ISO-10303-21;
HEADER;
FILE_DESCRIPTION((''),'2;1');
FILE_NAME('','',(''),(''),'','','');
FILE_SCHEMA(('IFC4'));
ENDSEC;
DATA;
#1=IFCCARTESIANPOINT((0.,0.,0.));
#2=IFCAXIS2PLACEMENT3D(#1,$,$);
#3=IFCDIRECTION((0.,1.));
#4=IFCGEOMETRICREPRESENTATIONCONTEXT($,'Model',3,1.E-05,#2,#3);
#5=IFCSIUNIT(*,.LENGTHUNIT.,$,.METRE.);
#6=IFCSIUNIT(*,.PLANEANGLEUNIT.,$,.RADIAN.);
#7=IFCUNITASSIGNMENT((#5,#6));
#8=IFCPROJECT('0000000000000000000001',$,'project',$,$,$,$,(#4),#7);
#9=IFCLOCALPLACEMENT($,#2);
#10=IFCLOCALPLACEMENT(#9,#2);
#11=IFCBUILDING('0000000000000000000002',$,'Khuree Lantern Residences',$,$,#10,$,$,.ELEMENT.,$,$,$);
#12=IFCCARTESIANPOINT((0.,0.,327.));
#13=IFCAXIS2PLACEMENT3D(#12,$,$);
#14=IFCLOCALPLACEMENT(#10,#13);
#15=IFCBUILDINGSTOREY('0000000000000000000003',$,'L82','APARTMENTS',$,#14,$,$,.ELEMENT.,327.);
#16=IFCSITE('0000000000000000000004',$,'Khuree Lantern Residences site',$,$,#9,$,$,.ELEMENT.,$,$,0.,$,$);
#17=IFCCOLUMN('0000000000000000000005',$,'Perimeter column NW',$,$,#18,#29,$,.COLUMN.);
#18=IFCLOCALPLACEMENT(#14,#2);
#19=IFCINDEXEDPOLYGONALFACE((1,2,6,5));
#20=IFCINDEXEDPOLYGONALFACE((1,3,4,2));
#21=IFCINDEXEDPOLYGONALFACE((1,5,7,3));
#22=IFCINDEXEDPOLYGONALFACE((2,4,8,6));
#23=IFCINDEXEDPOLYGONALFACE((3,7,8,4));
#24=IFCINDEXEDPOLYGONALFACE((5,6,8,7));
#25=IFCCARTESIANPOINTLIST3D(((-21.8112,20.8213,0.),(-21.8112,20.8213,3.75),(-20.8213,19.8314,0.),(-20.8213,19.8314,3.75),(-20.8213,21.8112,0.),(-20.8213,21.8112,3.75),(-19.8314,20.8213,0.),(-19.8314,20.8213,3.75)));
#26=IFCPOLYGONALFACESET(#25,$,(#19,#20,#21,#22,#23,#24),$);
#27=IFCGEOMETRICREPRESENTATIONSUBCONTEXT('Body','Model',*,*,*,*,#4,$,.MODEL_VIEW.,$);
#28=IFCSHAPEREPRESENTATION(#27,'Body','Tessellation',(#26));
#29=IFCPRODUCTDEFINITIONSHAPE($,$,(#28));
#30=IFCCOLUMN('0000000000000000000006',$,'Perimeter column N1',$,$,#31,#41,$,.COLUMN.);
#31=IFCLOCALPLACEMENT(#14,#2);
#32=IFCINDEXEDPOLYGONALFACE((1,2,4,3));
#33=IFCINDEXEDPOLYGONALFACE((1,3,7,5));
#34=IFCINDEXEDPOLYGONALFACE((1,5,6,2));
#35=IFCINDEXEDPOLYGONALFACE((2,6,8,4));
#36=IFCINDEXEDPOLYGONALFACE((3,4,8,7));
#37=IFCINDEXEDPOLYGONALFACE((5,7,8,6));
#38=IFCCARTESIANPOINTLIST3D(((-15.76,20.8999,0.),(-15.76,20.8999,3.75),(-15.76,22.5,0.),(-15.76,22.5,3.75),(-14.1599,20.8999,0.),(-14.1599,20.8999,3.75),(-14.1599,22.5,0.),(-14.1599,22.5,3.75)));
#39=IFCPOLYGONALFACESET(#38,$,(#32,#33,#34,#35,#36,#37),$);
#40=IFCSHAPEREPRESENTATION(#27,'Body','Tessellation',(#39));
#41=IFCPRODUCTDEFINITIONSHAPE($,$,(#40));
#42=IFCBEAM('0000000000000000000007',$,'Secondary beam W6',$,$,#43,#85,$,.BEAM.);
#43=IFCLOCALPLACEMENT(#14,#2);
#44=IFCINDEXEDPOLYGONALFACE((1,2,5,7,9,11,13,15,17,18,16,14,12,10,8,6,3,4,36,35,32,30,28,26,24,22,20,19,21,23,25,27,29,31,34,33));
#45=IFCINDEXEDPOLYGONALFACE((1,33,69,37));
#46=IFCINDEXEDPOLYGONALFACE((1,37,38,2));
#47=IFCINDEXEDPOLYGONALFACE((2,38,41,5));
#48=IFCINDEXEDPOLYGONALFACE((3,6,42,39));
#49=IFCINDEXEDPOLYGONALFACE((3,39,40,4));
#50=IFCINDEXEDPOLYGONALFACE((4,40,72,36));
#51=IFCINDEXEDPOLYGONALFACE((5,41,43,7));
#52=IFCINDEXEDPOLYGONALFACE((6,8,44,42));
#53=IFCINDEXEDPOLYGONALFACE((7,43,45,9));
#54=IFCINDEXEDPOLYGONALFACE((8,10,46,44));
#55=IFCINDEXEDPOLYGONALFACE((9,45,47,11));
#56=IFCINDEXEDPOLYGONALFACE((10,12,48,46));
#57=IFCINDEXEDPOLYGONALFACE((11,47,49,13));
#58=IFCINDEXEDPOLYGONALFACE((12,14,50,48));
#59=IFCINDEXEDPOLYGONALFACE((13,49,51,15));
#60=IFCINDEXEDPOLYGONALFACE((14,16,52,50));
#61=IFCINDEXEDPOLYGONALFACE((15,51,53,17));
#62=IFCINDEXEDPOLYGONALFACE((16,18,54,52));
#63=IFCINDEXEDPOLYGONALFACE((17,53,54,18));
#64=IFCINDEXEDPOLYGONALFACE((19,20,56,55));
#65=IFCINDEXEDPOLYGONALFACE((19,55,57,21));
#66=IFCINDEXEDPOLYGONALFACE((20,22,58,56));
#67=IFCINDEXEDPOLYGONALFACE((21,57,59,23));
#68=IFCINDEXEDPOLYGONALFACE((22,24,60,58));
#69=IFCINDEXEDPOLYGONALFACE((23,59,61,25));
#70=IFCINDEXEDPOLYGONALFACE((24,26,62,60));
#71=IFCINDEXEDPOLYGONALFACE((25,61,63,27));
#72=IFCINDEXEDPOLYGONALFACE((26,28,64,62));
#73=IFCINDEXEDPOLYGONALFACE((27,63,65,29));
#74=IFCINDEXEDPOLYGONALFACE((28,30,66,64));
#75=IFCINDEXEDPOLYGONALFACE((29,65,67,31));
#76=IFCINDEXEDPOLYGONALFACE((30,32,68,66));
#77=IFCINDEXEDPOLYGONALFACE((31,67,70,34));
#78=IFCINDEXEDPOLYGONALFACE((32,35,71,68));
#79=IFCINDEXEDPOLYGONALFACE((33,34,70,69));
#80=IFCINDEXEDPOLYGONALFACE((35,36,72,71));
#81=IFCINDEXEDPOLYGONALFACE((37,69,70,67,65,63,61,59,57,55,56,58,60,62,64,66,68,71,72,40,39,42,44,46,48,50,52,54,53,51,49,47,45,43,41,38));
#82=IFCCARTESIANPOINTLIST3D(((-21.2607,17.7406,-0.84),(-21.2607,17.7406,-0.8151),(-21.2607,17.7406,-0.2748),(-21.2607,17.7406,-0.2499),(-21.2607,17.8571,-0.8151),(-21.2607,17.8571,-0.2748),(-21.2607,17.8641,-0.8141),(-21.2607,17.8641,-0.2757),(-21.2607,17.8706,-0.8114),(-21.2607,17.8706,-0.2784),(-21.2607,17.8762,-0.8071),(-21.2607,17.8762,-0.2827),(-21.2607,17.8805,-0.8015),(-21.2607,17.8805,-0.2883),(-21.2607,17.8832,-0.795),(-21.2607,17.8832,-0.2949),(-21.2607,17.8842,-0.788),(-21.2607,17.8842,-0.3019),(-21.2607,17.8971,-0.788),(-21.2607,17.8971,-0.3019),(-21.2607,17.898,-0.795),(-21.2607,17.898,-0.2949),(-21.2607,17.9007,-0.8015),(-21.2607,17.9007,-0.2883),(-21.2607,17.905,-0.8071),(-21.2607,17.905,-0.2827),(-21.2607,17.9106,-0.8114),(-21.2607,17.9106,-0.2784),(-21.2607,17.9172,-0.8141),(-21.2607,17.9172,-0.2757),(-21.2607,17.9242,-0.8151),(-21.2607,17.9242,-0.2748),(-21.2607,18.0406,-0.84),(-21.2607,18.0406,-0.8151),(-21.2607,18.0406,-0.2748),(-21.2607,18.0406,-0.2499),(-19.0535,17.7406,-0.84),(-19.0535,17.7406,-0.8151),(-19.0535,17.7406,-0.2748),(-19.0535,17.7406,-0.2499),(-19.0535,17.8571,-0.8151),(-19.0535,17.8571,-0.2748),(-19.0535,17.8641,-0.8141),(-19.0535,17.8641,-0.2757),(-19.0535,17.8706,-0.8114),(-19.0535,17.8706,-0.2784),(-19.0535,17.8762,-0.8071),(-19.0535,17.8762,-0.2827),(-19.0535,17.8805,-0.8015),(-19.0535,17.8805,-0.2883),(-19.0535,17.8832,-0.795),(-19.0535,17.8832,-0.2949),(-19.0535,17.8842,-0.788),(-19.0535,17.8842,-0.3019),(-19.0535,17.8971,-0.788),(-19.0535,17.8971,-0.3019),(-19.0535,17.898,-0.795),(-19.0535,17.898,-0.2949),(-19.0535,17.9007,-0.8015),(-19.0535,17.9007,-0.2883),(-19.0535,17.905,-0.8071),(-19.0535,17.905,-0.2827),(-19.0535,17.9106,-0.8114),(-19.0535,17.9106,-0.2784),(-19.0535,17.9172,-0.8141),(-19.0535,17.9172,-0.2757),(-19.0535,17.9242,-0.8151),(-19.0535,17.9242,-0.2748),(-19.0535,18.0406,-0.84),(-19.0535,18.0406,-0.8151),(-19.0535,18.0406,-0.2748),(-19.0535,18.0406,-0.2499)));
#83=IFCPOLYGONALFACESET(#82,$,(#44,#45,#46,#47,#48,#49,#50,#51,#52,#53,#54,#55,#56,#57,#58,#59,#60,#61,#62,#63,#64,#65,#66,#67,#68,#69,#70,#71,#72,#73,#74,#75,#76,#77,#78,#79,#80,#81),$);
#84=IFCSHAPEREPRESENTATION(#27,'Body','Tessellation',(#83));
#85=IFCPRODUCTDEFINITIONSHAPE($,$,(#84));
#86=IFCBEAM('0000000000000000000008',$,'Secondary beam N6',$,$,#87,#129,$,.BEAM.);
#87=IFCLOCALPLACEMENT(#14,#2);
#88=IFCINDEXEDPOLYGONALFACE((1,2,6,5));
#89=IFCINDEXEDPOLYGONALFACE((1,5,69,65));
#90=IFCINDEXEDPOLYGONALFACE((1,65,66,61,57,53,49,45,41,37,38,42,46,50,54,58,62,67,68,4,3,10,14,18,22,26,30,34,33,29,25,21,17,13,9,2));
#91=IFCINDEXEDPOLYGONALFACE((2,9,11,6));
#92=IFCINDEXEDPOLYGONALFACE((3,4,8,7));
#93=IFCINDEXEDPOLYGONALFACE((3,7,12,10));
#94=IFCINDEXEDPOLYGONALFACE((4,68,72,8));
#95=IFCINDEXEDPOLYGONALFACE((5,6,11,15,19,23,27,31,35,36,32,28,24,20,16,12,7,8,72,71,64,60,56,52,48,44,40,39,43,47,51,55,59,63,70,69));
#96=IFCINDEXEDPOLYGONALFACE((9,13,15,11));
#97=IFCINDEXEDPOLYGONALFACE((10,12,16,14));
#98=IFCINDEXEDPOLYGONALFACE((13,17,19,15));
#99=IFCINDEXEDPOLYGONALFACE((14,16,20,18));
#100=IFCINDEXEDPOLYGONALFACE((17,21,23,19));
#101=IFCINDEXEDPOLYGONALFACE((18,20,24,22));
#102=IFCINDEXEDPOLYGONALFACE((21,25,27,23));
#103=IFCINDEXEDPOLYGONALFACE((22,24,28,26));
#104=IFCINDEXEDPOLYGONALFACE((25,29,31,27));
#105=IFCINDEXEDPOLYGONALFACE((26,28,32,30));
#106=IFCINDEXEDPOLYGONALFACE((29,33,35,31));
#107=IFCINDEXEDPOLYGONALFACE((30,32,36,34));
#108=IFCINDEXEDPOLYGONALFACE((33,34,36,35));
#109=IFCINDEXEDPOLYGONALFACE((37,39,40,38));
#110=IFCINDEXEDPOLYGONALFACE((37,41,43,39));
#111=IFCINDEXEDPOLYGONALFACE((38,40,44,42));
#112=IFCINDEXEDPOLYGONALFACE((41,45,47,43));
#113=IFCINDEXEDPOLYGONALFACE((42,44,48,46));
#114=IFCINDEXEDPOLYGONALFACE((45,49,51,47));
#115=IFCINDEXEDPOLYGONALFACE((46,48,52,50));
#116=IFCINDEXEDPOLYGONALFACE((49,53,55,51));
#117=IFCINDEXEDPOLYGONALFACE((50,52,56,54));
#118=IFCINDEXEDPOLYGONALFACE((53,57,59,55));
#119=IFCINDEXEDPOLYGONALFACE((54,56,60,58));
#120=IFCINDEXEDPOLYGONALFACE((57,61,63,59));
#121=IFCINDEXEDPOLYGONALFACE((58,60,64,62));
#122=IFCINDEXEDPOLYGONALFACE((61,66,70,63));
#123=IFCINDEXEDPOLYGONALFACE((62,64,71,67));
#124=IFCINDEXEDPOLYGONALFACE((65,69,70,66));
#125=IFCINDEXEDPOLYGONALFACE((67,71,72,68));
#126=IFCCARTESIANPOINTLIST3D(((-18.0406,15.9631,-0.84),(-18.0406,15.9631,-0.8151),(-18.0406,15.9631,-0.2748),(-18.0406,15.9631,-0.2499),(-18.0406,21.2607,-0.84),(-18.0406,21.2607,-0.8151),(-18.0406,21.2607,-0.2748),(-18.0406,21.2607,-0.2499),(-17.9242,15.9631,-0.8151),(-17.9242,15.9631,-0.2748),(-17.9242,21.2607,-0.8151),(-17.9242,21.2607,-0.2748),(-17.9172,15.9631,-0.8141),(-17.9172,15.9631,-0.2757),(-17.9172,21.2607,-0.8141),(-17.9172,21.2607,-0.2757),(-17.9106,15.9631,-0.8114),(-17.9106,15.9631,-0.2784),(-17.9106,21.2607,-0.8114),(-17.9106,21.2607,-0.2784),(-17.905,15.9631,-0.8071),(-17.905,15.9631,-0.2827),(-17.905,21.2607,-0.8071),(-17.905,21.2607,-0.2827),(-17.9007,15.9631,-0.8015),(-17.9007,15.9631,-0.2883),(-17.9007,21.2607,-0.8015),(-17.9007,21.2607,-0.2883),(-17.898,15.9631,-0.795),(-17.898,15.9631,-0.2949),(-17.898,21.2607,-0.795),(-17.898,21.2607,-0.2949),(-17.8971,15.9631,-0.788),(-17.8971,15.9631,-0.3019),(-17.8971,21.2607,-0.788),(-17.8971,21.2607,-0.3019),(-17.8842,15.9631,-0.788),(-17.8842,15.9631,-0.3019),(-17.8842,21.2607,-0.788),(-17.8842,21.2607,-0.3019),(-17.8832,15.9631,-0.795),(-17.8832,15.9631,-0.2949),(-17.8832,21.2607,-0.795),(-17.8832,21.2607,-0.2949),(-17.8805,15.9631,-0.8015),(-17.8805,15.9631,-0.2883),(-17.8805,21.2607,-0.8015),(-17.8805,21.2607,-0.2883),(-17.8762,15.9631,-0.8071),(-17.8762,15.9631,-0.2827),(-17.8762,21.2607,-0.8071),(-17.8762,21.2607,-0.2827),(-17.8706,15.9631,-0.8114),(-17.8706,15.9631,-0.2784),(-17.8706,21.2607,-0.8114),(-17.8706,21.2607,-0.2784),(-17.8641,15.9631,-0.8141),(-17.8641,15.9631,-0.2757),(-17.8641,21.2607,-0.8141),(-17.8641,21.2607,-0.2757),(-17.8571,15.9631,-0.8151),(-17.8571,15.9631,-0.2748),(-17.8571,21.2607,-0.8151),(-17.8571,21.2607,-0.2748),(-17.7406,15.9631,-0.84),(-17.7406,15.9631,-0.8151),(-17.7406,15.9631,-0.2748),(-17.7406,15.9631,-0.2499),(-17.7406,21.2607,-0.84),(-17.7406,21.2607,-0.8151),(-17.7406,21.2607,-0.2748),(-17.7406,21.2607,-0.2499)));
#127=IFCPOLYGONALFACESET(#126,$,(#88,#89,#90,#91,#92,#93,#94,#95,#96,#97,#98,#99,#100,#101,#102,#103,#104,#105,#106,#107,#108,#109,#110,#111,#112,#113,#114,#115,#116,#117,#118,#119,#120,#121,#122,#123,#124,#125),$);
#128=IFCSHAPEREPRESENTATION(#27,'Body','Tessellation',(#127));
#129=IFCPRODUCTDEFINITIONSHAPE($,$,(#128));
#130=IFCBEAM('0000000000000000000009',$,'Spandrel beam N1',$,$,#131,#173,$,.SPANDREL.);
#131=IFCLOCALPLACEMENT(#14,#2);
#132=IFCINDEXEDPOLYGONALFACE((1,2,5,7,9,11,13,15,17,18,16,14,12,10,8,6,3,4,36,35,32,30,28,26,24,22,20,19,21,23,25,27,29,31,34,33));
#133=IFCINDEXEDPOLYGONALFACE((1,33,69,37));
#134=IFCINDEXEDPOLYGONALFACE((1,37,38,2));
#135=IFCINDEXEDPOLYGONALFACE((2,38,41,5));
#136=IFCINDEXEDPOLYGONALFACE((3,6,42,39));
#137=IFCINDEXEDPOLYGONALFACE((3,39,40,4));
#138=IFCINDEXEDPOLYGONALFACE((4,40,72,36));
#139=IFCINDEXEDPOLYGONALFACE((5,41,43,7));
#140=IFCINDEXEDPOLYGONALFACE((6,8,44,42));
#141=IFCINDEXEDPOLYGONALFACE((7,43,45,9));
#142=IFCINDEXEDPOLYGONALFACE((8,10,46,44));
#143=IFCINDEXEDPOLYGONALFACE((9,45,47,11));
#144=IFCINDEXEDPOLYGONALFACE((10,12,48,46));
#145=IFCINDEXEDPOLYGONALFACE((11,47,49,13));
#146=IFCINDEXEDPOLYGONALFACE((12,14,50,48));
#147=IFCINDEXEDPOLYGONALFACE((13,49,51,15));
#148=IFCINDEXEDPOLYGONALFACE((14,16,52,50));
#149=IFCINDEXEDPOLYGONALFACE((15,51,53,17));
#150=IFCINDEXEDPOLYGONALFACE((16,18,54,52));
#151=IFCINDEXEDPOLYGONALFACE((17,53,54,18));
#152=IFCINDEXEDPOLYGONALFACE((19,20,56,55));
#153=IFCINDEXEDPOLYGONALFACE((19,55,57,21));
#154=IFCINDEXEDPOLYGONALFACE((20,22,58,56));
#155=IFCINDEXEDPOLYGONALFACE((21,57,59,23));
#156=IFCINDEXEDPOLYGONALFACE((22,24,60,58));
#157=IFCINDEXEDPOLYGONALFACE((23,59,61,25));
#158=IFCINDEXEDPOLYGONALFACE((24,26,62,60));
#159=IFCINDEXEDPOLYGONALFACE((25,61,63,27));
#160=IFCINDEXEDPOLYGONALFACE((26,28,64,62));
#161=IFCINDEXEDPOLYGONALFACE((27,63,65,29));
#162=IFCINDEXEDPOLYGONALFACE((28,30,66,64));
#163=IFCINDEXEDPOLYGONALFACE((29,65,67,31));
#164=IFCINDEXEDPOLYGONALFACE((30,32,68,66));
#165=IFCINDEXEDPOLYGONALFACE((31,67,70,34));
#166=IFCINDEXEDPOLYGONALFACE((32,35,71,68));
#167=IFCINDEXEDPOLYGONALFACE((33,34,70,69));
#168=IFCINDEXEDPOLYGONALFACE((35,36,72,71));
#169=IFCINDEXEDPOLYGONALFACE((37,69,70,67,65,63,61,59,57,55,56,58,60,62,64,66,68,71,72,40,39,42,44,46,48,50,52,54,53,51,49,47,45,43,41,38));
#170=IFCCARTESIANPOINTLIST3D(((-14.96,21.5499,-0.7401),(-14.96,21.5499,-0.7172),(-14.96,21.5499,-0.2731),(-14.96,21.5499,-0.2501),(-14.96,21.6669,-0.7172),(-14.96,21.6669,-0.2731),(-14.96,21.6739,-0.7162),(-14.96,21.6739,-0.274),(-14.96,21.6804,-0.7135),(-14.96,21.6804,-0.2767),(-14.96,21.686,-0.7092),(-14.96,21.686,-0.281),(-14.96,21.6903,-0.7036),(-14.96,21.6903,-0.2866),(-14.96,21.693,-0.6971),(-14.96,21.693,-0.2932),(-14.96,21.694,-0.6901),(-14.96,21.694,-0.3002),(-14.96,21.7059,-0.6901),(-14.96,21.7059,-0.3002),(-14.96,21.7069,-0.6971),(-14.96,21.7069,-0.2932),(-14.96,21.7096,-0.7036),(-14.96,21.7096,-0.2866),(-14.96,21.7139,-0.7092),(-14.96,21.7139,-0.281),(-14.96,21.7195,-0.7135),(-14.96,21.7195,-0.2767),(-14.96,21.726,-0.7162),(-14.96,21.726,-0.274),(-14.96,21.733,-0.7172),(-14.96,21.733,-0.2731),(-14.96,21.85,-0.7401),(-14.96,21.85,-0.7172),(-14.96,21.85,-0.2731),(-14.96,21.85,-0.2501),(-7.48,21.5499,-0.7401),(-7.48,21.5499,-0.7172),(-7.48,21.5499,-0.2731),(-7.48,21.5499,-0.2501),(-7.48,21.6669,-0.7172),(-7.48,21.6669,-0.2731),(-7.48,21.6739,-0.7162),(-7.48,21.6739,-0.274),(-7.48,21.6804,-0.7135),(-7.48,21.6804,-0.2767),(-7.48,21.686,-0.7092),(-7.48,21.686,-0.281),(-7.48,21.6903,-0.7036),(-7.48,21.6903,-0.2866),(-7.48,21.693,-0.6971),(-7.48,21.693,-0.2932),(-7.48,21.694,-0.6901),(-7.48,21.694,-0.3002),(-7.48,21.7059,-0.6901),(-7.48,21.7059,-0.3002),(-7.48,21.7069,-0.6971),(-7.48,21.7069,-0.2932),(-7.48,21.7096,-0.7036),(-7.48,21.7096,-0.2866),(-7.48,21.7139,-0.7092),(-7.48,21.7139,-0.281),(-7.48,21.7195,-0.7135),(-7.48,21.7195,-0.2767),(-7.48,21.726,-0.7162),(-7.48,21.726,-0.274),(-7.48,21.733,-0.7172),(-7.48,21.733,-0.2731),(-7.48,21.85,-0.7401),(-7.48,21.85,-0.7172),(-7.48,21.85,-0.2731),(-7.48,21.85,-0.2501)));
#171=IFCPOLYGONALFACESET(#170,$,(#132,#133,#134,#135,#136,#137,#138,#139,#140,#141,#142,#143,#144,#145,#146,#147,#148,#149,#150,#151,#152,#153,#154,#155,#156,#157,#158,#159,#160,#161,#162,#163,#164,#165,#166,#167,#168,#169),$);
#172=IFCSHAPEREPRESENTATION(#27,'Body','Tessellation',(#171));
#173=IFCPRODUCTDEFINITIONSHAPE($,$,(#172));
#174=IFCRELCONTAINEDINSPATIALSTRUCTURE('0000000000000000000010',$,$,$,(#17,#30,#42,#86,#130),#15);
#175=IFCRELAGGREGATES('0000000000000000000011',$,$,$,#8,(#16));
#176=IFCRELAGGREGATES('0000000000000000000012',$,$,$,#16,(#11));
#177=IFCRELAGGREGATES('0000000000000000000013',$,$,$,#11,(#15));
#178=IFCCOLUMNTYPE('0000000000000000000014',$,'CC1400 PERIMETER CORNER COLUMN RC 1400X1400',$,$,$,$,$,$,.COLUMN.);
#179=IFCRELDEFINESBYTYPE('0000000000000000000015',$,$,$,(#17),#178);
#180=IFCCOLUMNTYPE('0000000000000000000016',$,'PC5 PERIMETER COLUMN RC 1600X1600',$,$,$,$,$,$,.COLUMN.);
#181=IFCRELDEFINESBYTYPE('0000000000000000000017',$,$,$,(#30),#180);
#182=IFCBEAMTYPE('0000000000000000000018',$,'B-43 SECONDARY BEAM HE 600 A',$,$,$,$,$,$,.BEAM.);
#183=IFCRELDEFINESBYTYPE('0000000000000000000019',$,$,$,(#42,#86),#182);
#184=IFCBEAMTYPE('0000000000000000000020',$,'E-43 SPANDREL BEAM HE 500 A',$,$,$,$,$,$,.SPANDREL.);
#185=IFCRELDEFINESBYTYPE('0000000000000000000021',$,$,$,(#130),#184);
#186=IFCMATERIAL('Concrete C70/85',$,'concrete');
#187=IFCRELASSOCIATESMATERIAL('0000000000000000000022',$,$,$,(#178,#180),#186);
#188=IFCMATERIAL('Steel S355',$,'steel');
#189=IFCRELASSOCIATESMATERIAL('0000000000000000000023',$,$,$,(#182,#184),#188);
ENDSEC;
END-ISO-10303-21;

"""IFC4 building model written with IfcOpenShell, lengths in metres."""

from ifc_helpers import new_model, si_unit, direction, frame, origin, origin_2d, place, context, subcontext, project, spatial, rectangle, i_section, extrude, material, material_profile, profile_set, type_object, element, save


model = new_model("IFC4")

# Units and contexts
model_context = context("Model", 3, precision=1e-05, world=origin(), true_north=direction((0.0, 1.0)))
body_context = subcontext(model_context, "Body", "Model", "MODEL_VIEW")
ifc_project = project(units=[si_unit("LENGTHUNIT", "METRE"), si_unit("PLANEANGLEUNIT", "RADIAN")], contexts=[model_context])

# Site, building, storey
site_placement = place(None, origin())
site = spatial("IfcSite", under=ifc_project, at=site_placement, Name="Khuree Lantern Residences site", CompositionType="ELEMENT", RefElevation=0.0)
building_placement = place(site_placement, origin())
building = spatial("IfcBuilding", under=site, at=building_placement, Name="Khuree Lantern Residences", CompositionType="ELEMENT")
storey_placement = place(building_placement, frame((0.0, 0.0, 327.0)))
storey = spatial("IfcBuildingStorey", under=building, at=storey_placement, Name="L82", Description="APARTMENTS", CompositionType="ELEMENT", Elevation=327.0)

# Columns
ifc_material_1 = material(Name="Concrete C70/85", Category="concrete")
ifc_material_profile_1 = material_profile(ifc_material_1, rectangle(XDim=1.3999, YDim=1.3999, at=origin_2d()), Name="RC 1400X1400")
ifc_profile_set_1 = profile_set([ifc_material_profile_1], Name="Concrete C70/85")
column_type_1 = type_object("IfcColumnType", Name="CC1400 PERIMETER CORNER COLUMN RC 1400X1400", PredefinedType="COLUMN", material=ifc_profile_set_1)
column_1_placement = place(storey_placement, frame((-20.8213, 20.8213, 0.0), z_axis=(0.0, 0.0, 1.0), x_axis=(0.707107, 0.707107, 0.0)))
element("IfcColumn", 1, at=column_1_placement, inside=storey, type_object=column_type_1, Name="Perimeter column NW", PredefinedType="COLUMN", context=body_context, shape_type="SweptSolid", body=[
    extrude(rectangle(XDim=1.3999, YDim=1.3999, at=origin_2d()), origin(), (0.0, 0.0, 1.0), 3.75),
])
ifc_material_profile_2 = material_profile(ifc_material_1, rectangle(XDim=1.6001, YDim=1.6001, at=origin_2d()), Name="RC 1600X1600")
ifc_profile_set_2 = profile_set([ifc_material_profile_2], Name="Concrete C70/85")
column_type_2 = type_object("IfcColumnType", Name="PC5 PERIMETER COLUMN RC 1600X1600", PredefinedType="COLUMN", material=ifc_profile_set_2)
column_2_placement = place(storey_placement, frame((-14.96, 21.7, 0.0), z_axis=(0.0, 0.0, 1.0), x_axis=(1.0, 0.0, 0.0)))
element("IfcColumn", 2, at=column_2_placement, inside=storey, type_object=column_type_2, Name="Perimeter column N1", PredefinedType="COLUMN", context=body_context, shape_type="SweptSolid", body=[
    extrude(rectangle(XDim=1.6001, YDim=1.6001, at=origin_2d()), origin(), (0.0, 0.0, 1.0), 3.75),
])

# Beams
ifc_material_2 = material(Name="Steel S355", Category="steel")
ifc_material_profile_3 = material_profile(ifc_material_2, i_section(OverallWidth=0.3, OverallDepth=0.5901, WebThickness=0.0129, FlangeThickness=0.0249, FilletRadius=0.0271, at=origin_2d()), Name="HE 600 A")
ifc_profile_set_3 = profile_set([ifc_material_profile_3], Name="Steel S355")
beam_type_1 = type_object("IfcBeamType", Name="B-43 SECONDARY BEAM HE 600 A", PredefinedType="BEAM", material=ifc_profile_set_3)
beam_1_placement = place(storey_placement, frame((-21.2607, 17.8906, -0.5449), z_axis=(1.0, 0.0, 0.0), x_axis=(0.0, 1.0, 0.0)))
element("IfcBeam", 3, at=beam_1_placement, inside=storey, type_object=beam_type_1, Name="Secondary beam W6", PredefinedType="BEAM", context=body_context, shape_type="SweptSolid", body=[
    extrude(i_section(OverallWidth=0.3, OverallDepth=0.5901, WebThickness=0.0129, FlangeThickness=0.0249, FilletRadius=0.0271, at=origin_2d()), origin(), (0.0, 0.0, 1.0), 2.2073),
])
beam_2_placement = place(storey_placement, frame((-17.8906, 21.2607, -0.5449), z_axis=(0.0, -1.0, 0.0), x_axis=(1.0, 0.0, 0.0)))
element("IfcBeam", 4, at=beam_2_placement, inside=storey, type_object=beam_type_1, Name="Secondary beam N6", PredefinedType="BEAM", context=body_context, shape_type="SweptSolid", body=[
    extrude(i_section(OverallWidth=0.3, OverallDepth=0.5901, WebThickness=0.0129, FlangeThickness=0.0249, FilletRadius=0.0271, at=origin_2d()), origin(), (0.0, 0.0, 1.0), 5.2976),
])
ifc_material_profile_4 = material_profile(ifc_material_2, i_section(OverallWidth=0.3, OverallDepth=0.49, WebThickness=0.012, FlangeThickness=0.0229, FilletRadius=0.0271, at=origin_2d()), Name="HE 500 A")
ifc_profile_set_4 = profile_set([ifc_material_profile_4], Name="Steel S355")
beam_type_2 = type_object("IfcBeamType", Name="E-43 SPANDREL BEAM HE 500 A", PredefinedType="SPANDREL", material=ifc_profile_set_4)
beam_3_placement = place(storey_placement, frame((-14.96, 21.7, -0.4951), z_axis=(1.0, 0.0, 0.0), x_axis=(0.0, 1.0, 0.0)))
element("IfcBeam", 5, at=beam_3_placement, inside=storey, type_object=beam_type_2, Name="Spandrel beam N1", PredefinedType="SPANDREL", context=body_context, shape_type="SweptSolid", body=[
    extrude(i_section(OverallWidth=0.3, OverallDepth=0.49, WebThickness=0.012, FlangeThickness=0.0229, FilletRadius=0.0271, at=origin_2d()), origin(), (0.0, 0.0, 1.0), 7.48),
])

save(model, "model.ifc")
